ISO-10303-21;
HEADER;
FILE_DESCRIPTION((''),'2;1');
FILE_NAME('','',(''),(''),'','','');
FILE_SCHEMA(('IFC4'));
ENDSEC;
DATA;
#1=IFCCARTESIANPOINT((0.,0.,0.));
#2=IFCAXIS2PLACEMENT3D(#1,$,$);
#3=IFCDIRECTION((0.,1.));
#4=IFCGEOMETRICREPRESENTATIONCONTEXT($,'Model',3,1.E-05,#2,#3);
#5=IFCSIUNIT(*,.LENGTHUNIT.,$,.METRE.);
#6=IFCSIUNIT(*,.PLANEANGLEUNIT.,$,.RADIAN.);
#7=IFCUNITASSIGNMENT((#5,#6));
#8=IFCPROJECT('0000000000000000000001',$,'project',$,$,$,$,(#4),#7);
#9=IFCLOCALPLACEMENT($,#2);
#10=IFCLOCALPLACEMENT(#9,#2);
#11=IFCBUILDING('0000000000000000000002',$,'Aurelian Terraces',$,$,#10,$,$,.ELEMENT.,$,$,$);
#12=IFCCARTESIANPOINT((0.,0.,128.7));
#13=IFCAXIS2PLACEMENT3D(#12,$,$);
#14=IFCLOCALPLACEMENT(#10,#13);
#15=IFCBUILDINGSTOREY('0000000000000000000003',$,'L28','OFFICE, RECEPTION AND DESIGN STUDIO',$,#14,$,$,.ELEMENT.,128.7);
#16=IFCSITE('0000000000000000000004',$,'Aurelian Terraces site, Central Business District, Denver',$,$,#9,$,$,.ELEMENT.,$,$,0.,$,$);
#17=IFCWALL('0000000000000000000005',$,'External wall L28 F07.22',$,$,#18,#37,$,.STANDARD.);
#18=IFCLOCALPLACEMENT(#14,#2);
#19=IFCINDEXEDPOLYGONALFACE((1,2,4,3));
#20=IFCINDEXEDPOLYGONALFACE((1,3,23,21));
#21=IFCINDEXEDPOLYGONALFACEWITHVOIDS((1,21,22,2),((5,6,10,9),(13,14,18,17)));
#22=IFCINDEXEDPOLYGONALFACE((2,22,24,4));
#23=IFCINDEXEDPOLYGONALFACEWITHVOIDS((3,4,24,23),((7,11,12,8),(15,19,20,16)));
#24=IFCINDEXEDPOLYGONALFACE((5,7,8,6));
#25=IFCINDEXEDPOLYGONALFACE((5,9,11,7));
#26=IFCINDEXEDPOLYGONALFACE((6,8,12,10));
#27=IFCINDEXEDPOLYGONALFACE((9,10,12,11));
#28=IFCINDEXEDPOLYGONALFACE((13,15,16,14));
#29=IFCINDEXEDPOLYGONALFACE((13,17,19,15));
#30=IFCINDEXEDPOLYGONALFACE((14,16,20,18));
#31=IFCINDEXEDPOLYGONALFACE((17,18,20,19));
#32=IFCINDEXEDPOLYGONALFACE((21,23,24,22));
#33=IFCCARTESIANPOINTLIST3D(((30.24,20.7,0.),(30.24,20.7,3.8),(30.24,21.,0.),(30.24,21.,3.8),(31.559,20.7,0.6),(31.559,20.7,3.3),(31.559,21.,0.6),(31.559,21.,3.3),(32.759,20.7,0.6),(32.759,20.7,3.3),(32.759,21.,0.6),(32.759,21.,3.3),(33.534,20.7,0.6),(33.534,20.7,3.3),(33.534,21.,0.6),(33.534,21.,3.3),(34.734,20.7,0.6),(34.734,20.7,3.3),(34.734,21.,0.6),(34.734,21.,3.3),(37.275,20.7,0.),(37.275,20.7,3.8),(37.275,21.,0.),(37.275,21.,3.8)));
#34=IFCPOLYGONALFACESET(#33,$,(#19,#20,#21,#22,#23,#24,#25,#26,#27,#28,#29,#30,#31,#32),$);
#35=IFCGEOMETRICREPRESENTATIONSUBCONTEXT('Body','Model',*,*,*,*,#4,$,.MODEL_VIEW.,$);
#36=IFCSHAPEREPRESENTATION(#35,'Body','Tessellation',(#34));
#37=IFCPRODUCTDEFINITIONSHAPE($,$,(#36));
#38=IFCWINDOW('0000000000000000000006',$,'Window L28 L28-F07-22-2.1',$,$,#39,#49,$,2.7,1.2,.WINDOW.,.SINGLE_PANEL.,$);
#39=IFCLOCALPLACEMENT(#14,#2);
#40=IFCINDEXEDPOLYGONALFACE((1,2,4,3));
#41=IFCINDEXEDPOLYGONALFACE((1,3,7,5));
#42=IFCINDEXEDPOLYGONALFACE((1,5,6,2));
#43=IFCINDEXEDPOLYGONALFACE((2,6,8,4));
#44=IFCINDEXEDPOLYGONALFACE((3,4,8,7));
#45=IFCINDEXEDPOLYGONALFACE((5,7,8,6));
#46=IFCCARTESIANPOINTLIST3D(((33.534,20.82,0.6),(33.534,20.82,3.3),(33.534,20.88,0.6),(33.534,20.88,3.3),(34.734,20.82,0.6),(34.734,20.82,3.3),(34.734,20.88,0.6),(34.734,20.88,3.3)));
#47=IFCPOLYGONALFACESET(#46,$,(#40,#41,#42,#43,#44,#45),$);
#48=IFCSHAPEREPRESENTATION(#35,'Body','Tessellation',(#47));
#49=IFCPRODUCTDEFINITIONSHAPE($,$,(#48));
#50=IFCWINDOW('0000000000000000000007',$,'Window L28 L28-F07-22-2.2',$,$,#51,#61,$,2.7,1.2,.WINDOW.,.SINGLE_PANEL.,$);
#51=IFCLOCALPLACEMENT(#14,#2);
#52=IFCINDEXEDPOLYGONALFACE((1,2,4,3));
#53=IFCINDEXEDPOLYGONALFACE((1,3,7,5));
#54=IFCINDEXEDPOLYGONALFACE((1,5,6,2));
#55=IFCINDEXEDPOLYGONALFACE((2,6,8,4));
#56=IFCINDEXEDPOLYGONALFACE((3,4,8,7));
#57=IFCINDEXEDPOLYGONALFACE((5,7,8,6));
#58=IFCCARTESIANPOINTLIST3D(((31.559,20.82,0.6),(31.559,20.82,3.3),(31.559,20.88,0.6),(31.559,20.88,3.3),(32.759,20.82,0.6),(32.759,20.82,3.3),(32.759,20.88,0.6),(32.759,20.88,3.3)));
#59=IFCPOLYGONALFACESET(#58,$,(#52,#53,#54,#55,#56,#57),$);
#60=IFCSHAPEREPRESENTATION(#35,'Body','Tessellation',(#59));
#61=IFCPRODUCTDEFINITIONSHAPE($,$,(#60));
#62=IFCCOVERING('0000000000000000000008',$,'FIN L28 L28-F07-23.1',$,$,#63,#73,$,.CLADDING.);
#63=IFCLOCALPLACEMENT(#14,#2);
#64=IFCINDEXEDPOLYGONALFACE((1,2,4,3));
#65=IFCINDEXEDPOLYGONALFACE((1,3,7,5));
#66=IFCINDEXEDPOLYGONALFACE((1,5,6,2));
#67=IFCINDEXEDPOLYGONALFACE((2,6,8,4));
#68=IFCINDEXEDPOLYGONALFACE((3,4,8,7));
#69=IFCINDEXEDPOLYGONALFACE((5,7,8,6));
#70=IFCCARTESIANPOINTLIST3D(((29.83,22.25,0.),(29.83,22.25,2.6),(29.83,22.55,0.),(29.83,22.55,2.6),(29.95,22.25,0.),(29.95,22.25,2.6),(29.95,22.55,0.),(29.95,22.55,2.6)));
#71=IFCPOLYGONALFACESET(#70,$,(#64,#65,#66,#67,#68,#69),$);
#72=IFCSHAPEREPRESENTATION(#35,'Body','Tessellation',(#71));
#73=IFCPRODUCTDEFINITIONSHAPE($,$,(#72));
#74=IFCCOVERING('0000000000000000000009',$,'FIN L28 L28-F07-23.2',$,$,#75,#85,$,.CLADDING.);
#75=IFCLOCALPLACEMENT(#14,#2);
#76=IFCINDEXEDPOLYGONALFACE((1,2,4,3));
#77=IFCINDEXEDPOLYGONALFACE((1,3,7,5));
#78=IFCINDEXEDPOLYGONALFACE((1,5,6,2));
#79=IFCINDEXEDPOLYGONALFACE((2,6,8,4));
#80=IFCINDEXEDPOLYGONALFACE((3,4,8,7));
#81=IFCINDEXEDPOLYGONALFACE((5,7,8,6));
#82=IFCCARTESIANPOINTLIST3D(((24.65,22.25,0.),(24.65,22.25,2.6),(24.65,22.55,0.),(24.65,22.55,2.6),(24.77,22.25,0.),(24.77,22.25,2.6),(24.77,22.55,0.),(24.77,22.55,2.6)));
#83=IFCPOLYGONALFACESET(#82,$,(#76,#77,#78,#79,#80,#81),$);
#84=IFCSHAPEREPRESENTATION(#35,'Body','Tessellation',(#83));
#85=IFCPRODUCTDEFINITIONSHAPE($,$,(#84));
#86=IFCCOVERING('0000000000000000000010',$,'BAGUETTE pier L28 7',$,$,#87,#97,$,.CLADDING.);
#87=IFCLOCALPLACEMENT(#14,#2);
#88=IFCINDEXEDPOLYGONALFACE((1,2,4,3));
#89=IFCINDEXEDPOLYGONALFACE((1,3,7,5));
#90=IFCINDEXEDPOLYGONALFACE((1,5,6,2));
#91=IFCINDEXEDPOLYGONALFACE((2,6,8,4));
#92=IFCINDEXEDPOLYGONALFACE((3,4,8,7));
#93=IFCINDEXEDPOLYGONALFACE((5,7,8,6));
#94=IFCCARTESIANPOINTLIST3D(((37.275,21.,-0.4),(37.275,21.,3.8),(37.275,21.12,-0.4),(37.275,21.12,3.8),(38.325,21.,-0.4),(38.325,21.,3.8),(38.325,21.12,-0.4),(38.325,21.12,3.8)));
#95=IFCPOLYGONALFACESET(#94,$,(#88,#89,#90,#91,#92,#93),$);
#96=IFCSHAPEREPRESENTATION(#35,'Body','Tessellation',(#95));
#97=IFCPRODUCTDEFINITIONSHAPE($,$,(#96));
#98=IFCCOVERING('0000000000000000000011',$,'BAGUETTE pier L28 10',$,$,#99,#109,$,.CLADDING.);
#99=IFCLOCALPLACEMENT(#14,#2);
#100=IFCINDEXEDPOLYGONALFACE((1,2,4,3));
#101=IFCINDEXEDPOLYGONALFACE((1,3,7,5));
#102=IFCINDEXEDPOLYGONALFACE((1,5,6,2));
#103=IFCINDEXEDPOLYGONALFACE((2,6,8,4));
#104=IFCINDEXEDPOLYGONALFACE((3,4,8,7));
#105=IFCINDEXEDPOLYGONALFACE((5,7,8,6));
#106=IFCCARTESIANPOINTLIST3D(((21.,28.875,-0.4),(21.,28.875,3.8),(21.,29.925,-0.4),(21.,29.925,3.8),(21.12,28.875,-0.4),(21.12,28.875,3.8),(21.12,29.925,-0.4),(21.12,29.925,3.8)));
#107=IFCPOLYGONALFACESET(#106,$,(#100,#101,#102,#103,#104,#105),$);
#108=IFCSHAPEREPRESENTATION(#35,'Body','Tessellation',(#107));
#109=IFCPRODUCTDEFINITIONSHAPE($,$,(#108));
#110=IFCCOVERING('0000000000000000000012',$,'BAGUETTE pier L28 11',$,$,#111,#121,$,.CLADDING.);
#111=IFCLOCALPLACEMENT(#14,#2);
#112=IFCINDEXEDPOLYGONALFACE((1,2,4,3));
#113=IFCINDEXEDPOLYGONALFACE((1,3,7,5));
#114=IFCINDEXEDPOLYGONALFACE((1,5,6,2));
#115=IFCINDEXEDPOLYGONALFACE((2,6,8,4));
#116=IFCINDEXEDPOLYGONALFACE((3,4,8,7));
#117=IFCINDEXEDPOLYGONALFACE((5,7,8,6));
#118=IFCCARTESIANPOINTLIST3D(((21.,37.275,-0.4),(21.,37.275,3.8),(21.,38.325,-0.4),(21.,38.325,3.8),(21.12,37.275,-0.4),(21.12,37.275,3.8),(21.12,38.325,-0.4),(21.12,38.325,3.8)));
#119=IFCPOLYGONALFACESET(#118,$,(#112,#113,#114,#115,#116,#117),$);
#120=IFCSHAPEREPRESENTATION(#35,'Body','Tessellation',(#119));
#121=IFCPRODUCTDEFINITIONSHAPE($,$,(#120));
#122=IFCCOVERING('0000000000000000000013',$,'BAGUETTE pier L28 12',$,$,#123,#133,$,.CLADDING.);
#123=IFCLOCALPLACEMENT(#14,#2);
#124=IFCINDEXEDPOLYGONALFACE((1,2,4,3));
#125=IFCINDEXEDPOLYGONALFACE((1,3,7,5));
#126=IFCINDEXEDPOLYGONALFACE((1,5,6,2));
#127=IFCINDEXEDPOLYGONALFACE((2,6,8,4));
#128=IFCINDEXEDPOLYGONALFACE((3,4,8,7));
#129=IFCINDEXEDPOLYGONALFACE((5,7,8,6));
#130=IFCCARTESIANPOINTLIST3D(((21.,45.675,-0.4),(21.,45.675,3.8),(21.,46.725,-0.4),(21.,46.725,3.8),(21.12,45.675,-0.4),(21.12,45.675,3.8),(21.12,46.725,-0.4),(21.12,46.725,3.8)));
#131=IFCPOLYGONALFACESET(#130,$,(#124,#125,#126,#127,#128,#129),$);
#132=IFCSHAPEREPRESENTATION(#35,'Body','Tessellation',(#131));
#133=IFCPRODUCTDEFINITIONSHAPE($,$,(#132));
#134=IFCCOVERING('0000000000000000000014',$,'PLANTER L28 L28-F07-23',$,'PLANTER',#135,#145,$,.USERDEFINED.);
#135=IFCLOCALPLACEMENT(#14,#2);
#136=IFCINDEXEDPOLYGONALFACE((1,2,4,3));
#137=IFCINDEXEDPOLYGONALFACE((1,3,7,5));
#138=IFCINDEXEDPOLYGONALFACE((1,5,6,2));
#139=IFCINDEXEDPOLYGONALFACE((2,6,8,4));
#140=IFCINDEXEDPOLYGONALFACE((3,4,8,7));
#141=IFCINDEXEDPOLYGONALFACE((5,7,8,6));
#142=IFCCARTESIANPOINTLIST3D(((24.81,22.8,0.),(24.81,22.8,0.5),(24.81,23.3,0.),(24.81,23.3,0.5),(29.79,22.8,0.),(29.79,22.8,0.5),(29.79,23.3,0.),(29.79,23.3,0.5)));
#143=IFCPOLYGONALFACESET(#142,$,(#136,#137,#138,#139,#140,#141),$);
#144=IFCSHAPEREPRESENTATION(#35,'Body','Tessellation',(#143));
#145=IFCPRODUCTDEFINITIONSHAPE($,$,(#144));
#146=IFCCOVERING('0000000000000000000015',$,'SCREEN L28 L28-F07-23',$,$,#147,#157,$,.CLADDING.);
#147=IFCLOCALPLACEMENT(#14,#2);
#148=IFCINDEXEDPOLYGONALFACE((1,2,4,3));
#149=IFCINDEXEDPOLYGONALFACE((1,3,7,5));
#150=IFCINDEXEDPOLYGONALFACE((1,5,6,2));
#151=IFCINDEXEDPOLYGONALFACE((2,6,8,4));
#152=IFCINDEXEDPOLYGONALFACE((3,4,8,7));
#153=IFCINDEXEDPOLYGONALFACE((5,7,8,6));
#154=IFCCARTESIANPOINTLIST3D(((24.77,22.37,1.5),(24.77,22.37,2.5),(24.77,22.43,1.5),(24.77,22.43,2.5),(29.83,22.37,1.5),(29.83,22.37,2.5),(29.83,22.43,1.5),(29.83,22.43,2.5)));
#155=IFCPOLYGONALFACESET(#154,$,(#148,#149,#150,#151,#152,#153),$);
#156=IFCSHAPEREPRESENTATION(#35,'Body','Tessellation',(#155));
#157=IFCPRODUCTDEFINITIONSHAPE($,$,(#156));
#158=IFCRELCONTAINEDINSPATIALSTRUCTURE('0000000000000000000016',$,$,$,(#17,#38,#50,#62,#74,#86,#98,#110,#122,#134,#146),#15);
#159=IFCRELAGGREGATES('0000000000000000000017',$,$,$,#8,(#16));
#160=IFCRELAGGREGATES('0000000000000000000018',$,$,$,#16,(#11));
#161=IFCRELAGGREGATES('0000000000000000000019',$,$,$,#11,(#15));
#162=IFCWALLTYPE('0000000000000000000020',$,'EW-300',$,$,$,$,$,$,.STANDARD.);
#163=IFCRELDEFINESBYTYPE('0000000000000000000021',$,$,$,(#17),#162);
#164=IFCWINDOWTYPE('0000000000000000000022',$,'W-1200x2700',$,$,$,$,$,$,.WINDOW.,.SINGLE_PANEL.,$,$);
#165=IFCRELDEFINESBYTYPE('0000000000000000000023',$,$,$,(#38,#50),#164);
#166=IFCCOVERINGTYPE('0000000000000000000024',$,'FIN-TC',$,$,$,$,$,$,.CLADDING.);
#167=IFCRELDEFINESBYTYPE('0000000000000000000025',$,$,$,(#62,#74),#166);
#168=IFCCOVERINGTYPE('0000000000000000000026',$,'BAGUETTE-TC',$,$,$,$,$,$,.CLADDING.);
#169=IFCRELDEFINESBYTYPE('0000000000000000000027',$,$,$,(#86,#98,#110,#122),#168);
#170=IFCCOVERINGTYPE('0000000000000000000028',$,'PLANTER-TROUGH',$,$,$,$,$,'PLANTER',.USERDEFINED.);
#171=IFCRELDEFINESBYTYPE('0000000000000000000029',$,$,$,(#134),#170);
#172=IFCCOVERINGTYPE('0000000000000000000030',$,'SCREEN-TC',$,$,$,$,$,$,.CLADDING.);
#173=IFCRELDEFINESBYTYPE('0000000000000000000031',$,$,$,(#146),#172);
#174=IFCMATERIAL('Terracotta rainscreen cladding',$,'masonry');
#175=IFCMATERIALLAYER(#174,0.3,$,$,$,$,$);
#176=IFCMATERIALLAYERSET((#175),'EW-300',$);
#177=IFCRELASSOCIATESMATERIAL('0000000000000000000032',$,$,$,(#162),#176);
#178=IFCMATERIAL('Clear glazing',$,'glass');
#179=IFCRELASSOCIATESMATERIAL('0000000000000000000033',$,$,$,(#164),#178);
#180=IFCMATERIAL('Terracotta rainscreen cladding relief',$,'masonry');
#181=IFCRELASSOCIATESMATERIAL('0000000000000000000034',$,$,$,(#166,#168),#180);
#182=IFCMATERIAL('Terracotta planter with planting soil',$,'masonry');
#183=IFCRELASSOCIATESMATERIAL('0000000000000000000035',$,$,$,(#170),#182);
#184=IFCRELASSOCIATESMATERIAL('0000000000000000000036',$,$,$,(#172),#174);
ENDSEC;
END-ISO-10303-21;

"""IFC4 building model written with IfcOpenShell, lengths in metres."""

from ifc_helpers import new_model, si_unit, direction, frame, frame_2d, origin, origin_2d, place, context, subcontext, project, spatial, rectangle, extrude, source, transform, mapped, material, layer, layer_set, type_object, element, fill, save


model = new_model("IFC4")

# Units and contexts
model_context = context("Model", 3, precision=1e-05, world=origin(), true_north=direction((0.0, 1.0)))
body_context = subcontext(model_context, "Body", "Model", "MODEL_VIEW")
ifc_project = project(units=[si_unit("LENGTHUNIT", "METRE"), si_unit("PLANEANGLEUNIT", "RADIAN")], contexts=[model_context])

# Site, building, storey
site_placement = place(None, origin())
site = spatial("IfcSite", under=ifc_project, at=site_placement, Name="Aurelian Terraces site, Central Business District, Denver", CompositionType="ELEMENT", RefElevation=0.0)
building_placement = place(site_placement, origin())
building = spatial("IfcBuilding", under=site, at=building_placement, Name="Aurelian Terraces", CompositionType="ELEMENT")
storey_placement = place(building_placement, frame((0.0, 0.0, 128.7)))
storey = spatial("IfcBuildingStorey", under=building, at=storey_placement, Name="L28", Description="OFFICE, RECEPTION AND DESIGN STUDIO", CompositionType="ELEMENT", Elevation=128.7)

# Shared definitions
ifc_material_1 = material(Name="Terracotta rainscreen cladding", Category="masonry")
ifc_layer = layer(ifc_material_1, 0.3)
ifc_layer_set = layer_set([ifc_layer], Name="EW-300")
wall_type = type_object("IfcWallType", Name="EW-300", PredefinedType="STANDARD", material=ifc_layer_set)

# Shared definitions
ifc_material_2 = material(Name="Clear glazing", Category="glass")

# Shared definitions
shared_shape_1 = source(origin(), body_context, "Body", "SweptSolid", [
    extrude(rectangle(XDim=1.2, YDim=2.7, at=frame_2d((0.6, 1.35))), frame((0.0, 0.16, 0.0), z_axis=(0.0, -1.0, 0.0), x_axis=(1.0, 0.0, 0.0)), (0.0, 0.0, 1.0), 0.32),
])
window_type_1 = type_object("IfcWindowType", Name="W-1200x2700", PartitioningType="SINGLE_PANEL", PredefinedType="WINDOW", material=ifc_material_2)
shared_shape_2 = source(origin(), body_context, "Body", "SweptSolid", [
    extrude(rectangle(XDim=1.2, YDim=2.7, at=frame_2d((0.6, 1.35))), frame((0.0, 0.03, 0.0), z_axis=(0.0, -1.0, 0.0), x_axis=(1.0, 0.0, 0.0)), (0.0, 0.0, 1.0), 0.06),
])

# Wall, openings, windows
shared_shape_3 = source(origin(), body_context, "Body", "SweptSolid", [
    extrude(rectangle(XDim=7.035, YDim=0.3, at=frame_2d((3.5175, 0.0))), origin(), (0.0, 0.0, 1.0), 3.8),
])
wall_1_placement = place(storey_placement, frame((37.275, 20.85, 0.0), z_axis=(0.0, 0.0, 1.0), x_axis=(-1.0, 0.0, 0.0)))
wall_1 = element("IfcWall", 1, at=wall_1_placement, inside=storey, type_object=wall_type, Name="External wall L28 F07.22", PredefinedType="STANDARD", context=body_context, shape_type="MappedRepresentation", body=[
    mapped(shared_shape_3, transform((0.0, 0.0, 0.0), scale=1.0)),
])
opening_1_placement = place(wall_1_placement, frame((2.541, 0.0, 0.6)))
opening_1 = element("IfcOpeningElement", 2, at=opening_1_placement, cuts=wall_1, PredefinedType="OPENING", context=body_context, shape_type="MappedRepresentation", body=[
    mapped(shared_shape_1, transform((0.0, 0.0, 0.0), scale=1.0)),
])
opening_2_placement = place(wall_1_placement, frame((4.516, 0.0, 0.6)))
opening_2 = element("IfcOpeningElement", 3, at=opening_2_placement, cuts=wall_1, PredefinedType="OPENING", context=body_context, shape_type="MappedRepresentation", body=[
    mapped(shared_shape_1, transform((0.0, 0.0, 0.0), scale=1.0)),
])
window_1_placement = place(opening_1_placement, origin())
window_1 = element("IfcWindow", 4, at=window_1_placement, inside=storey, type_object=window_type_1, Name="Window L28 L28-F07-22-2.1", OverallHeight=2.7, OverallWidth=1.2, PartitioningType="SINGLE_PANEL", PredefinedType="WINDOW", context=body_context, shape_type="MappedRepresentation", body=[
    mapped(shared_shape_2, transform((0.0, 0.0, 0.0), scale=1.0)),
])
fill(opening_1, window_1)
window_2_placement = place(opening_2_placement, origin())
window_2 = element("IfcWindow", 5, at=window_2_placement, inside=storey, type_object=window_type_1, Name="Window L28 L28-F07-22-2.2", OverallHeight=2.7, OverallWidth=1.2, PartitioningType="SINGLE_PANEL", PredefinedType="WINDOW", context=body_context, shape_type="MappedRepresentation", body=[
    mapped(shared_shape_2, transform((0.0, 0.0, 0.0), scale=1.0)),
])
fill(opening_2, window_2)

# Coverings
ifc_material_3 = material(Name="Terracotta rainscreen cladding relief", Category="masonry")
covering_type_1 = type_object("IfcCoveringType", Name="FIN-TC", PredefinedType="CLADDING", material=ifc_material_3)
shared_shape_4 = source(origin(), body_context, "Body", "SweptSolid", [
    extrude(rectangle(XDim=0.12, YDim=0.3, at=origin_2d()), origin(), (0.0, 0.0, 1.0), 2.6),
])
for number, where, z_axis, x_axis, name in (
    (6, (29.89, 22.4, 0.0), (0.0, 0.0, 1.0), (1.0, 0.0, 0.0), "FIN L28 L28-F07-23.1"),
    (7, (24.71, 22.4, 0.0), (0.0, 0.0, 1.0), (1.0, 0.0, 0.0), "FIN L28 L28-F07-23.2"),
):
    element("IfcCovering", number, at=place(storey_placement, frame(where, z_axis=z_axis, x_axis=x_axis)), inside=storey, type_object=covering_type_1, Name=name, PredefinedType="CLADDING", context=body_context, shape_type="MappedRepresentation", body=[
        mapped(shared_shape_4, transform((0.0, 0.0, 0.0), scale=1.0)),
    ])
covering_type_2 = type_object("IfcCoveringType", Name="BAGUETTE-TC", PredefinedType="CLADDING", material=ifc_material_3)
shared_shape_5 = source(origin(), body_context, "Body", "SweptSolid", [
    extrude(rectangle(XDim=1.05, YDim=0.12, at=origin_2d()), origin(), (0.0, 0.0, 1.0), 4.2),
])
covering_1_placement = place(storey_placement, frame((37.8, 21.06, -0.4), z_axis=(0.0, 0.0, 1.0), x_axis=(1.0, 0.0, 0.0)))
element("IfcCovering", 8, at=covering_1_placement, inside=storey, type_object=covering_type_2, Name="BAGUETTE pier L28 7", PredefinedType="CLADDING", context=body_context, shape_type="MappedRepresentation", body=[
    mapped(shared_shape_5, transform((0.0, 0.0, 0.0), scale=1.0)),
])
shared_shape_6 = source(origin(), body_context, "Body", "SweptSolid", [
    extrude(rectangle(XDim=0.12, YDim=1.05, at=origin_2d()), origin(), (0.0, 0.0, 1.0), 4.2),
])
for number, where, z_axis, x_axis, name in (
    (9, (21.06, 29.4, -0.4), (0.0, 0.0, 1.0), (1.0, 0.0, 0.0), "BAGUETTE pier L28 10"),
    (10, (21.06, 37.8, -0.4), (0.0, 0.0, 1.0), (1.0, 0.0, 0.0), "BAGUETTE pier L28 11"),
    (11, (21.06, 46.2, -0.4), (0.0, 0.0, 1.0), (1.0, 0.0, 0.0), "BAGUETTE pier L28 12"),
):
    element("IfcCovering", number, at=place(storey_placement, frame(where, z_axis=z_axis, x_axis=x_axis)), inside=storey, type_object=covering_type_2, Name=name, PredefinedType="CLADDING", context=body_context, shape_type="MappedRepresentation", body=[
        mapped(shared_shape_6, transform((0.0, 0.0, 0.0), scale=1.0)),
    ])

# Coverings
ifc_material_4 = material(Name="Terracotta planter with planting soil", Category="masonry")
covering_type_3 = type_object("IfcCoveringType", Name="PLANTER-TROUGH", ElementType="PLANTER", PredefinedType="USERDEFINED", material=ifc_material_4)
shared_shape_7 = source(origin(), body_context, "Body", "SweptSolid", [
    extrude(rectangle(XDim=4.98, YDim=0.5, at=origin_2d()), origin(), (0.0, 0.0, 1.0), 0.5),
])
covering_2_placement = place(storey_placement, frame((27.3, 23.05, 0.0), z_axis=(0.0, 0.0, 1.0), x_axis=(1.0, 0.0, 0.0)))
element("IfcCovering", 12, at=covering_2_placement, inside=storey, type_object=covering_type_3, Name="PLANTER L28 L28-F07-23", ObjectType="PLANTER", PredefinedType="USERDEFINED", context=body_context, shape_type="MappedRepresentation", body=[
    mapped(shared_shape_7, transform((0.0, 0.0, 0.0), scale=1.0)),
])
covering_type_4 = type_object("IfcCoveringType", Name="SCREEN-TC", PredefinedType="CLADDING", material=ifc_material_1)
shared_shape_8 = source(origin(), body_context, "Body", "SweptSolid", [
    extrude(rectangle(XDim=5.06, YDim=0.06, at=origin_2d()), origin(), (0.0, 0.0, 1.0), 1.0),
])
covering_3_placement = place(storey_placement, frame((27.3, 22.4, 1.5), z_axis=(0.0, 0.0, 1.0), x_axis=(1.0, 0.0, 0.0)))
element("IfcCovering", 13, at=covering_3_placement, inside=storey, type_object=covering_type_4, Name="SCREEN L28 L28-F07-23", PredefinedType="CLADDING", context=body_context, shape_type="MappedRepresentation", body=[
    mapped(shared_shape_8, transform((0.0, 0.0, 0.0), scale=1.0)),
])

save(model, "model.ifc")
